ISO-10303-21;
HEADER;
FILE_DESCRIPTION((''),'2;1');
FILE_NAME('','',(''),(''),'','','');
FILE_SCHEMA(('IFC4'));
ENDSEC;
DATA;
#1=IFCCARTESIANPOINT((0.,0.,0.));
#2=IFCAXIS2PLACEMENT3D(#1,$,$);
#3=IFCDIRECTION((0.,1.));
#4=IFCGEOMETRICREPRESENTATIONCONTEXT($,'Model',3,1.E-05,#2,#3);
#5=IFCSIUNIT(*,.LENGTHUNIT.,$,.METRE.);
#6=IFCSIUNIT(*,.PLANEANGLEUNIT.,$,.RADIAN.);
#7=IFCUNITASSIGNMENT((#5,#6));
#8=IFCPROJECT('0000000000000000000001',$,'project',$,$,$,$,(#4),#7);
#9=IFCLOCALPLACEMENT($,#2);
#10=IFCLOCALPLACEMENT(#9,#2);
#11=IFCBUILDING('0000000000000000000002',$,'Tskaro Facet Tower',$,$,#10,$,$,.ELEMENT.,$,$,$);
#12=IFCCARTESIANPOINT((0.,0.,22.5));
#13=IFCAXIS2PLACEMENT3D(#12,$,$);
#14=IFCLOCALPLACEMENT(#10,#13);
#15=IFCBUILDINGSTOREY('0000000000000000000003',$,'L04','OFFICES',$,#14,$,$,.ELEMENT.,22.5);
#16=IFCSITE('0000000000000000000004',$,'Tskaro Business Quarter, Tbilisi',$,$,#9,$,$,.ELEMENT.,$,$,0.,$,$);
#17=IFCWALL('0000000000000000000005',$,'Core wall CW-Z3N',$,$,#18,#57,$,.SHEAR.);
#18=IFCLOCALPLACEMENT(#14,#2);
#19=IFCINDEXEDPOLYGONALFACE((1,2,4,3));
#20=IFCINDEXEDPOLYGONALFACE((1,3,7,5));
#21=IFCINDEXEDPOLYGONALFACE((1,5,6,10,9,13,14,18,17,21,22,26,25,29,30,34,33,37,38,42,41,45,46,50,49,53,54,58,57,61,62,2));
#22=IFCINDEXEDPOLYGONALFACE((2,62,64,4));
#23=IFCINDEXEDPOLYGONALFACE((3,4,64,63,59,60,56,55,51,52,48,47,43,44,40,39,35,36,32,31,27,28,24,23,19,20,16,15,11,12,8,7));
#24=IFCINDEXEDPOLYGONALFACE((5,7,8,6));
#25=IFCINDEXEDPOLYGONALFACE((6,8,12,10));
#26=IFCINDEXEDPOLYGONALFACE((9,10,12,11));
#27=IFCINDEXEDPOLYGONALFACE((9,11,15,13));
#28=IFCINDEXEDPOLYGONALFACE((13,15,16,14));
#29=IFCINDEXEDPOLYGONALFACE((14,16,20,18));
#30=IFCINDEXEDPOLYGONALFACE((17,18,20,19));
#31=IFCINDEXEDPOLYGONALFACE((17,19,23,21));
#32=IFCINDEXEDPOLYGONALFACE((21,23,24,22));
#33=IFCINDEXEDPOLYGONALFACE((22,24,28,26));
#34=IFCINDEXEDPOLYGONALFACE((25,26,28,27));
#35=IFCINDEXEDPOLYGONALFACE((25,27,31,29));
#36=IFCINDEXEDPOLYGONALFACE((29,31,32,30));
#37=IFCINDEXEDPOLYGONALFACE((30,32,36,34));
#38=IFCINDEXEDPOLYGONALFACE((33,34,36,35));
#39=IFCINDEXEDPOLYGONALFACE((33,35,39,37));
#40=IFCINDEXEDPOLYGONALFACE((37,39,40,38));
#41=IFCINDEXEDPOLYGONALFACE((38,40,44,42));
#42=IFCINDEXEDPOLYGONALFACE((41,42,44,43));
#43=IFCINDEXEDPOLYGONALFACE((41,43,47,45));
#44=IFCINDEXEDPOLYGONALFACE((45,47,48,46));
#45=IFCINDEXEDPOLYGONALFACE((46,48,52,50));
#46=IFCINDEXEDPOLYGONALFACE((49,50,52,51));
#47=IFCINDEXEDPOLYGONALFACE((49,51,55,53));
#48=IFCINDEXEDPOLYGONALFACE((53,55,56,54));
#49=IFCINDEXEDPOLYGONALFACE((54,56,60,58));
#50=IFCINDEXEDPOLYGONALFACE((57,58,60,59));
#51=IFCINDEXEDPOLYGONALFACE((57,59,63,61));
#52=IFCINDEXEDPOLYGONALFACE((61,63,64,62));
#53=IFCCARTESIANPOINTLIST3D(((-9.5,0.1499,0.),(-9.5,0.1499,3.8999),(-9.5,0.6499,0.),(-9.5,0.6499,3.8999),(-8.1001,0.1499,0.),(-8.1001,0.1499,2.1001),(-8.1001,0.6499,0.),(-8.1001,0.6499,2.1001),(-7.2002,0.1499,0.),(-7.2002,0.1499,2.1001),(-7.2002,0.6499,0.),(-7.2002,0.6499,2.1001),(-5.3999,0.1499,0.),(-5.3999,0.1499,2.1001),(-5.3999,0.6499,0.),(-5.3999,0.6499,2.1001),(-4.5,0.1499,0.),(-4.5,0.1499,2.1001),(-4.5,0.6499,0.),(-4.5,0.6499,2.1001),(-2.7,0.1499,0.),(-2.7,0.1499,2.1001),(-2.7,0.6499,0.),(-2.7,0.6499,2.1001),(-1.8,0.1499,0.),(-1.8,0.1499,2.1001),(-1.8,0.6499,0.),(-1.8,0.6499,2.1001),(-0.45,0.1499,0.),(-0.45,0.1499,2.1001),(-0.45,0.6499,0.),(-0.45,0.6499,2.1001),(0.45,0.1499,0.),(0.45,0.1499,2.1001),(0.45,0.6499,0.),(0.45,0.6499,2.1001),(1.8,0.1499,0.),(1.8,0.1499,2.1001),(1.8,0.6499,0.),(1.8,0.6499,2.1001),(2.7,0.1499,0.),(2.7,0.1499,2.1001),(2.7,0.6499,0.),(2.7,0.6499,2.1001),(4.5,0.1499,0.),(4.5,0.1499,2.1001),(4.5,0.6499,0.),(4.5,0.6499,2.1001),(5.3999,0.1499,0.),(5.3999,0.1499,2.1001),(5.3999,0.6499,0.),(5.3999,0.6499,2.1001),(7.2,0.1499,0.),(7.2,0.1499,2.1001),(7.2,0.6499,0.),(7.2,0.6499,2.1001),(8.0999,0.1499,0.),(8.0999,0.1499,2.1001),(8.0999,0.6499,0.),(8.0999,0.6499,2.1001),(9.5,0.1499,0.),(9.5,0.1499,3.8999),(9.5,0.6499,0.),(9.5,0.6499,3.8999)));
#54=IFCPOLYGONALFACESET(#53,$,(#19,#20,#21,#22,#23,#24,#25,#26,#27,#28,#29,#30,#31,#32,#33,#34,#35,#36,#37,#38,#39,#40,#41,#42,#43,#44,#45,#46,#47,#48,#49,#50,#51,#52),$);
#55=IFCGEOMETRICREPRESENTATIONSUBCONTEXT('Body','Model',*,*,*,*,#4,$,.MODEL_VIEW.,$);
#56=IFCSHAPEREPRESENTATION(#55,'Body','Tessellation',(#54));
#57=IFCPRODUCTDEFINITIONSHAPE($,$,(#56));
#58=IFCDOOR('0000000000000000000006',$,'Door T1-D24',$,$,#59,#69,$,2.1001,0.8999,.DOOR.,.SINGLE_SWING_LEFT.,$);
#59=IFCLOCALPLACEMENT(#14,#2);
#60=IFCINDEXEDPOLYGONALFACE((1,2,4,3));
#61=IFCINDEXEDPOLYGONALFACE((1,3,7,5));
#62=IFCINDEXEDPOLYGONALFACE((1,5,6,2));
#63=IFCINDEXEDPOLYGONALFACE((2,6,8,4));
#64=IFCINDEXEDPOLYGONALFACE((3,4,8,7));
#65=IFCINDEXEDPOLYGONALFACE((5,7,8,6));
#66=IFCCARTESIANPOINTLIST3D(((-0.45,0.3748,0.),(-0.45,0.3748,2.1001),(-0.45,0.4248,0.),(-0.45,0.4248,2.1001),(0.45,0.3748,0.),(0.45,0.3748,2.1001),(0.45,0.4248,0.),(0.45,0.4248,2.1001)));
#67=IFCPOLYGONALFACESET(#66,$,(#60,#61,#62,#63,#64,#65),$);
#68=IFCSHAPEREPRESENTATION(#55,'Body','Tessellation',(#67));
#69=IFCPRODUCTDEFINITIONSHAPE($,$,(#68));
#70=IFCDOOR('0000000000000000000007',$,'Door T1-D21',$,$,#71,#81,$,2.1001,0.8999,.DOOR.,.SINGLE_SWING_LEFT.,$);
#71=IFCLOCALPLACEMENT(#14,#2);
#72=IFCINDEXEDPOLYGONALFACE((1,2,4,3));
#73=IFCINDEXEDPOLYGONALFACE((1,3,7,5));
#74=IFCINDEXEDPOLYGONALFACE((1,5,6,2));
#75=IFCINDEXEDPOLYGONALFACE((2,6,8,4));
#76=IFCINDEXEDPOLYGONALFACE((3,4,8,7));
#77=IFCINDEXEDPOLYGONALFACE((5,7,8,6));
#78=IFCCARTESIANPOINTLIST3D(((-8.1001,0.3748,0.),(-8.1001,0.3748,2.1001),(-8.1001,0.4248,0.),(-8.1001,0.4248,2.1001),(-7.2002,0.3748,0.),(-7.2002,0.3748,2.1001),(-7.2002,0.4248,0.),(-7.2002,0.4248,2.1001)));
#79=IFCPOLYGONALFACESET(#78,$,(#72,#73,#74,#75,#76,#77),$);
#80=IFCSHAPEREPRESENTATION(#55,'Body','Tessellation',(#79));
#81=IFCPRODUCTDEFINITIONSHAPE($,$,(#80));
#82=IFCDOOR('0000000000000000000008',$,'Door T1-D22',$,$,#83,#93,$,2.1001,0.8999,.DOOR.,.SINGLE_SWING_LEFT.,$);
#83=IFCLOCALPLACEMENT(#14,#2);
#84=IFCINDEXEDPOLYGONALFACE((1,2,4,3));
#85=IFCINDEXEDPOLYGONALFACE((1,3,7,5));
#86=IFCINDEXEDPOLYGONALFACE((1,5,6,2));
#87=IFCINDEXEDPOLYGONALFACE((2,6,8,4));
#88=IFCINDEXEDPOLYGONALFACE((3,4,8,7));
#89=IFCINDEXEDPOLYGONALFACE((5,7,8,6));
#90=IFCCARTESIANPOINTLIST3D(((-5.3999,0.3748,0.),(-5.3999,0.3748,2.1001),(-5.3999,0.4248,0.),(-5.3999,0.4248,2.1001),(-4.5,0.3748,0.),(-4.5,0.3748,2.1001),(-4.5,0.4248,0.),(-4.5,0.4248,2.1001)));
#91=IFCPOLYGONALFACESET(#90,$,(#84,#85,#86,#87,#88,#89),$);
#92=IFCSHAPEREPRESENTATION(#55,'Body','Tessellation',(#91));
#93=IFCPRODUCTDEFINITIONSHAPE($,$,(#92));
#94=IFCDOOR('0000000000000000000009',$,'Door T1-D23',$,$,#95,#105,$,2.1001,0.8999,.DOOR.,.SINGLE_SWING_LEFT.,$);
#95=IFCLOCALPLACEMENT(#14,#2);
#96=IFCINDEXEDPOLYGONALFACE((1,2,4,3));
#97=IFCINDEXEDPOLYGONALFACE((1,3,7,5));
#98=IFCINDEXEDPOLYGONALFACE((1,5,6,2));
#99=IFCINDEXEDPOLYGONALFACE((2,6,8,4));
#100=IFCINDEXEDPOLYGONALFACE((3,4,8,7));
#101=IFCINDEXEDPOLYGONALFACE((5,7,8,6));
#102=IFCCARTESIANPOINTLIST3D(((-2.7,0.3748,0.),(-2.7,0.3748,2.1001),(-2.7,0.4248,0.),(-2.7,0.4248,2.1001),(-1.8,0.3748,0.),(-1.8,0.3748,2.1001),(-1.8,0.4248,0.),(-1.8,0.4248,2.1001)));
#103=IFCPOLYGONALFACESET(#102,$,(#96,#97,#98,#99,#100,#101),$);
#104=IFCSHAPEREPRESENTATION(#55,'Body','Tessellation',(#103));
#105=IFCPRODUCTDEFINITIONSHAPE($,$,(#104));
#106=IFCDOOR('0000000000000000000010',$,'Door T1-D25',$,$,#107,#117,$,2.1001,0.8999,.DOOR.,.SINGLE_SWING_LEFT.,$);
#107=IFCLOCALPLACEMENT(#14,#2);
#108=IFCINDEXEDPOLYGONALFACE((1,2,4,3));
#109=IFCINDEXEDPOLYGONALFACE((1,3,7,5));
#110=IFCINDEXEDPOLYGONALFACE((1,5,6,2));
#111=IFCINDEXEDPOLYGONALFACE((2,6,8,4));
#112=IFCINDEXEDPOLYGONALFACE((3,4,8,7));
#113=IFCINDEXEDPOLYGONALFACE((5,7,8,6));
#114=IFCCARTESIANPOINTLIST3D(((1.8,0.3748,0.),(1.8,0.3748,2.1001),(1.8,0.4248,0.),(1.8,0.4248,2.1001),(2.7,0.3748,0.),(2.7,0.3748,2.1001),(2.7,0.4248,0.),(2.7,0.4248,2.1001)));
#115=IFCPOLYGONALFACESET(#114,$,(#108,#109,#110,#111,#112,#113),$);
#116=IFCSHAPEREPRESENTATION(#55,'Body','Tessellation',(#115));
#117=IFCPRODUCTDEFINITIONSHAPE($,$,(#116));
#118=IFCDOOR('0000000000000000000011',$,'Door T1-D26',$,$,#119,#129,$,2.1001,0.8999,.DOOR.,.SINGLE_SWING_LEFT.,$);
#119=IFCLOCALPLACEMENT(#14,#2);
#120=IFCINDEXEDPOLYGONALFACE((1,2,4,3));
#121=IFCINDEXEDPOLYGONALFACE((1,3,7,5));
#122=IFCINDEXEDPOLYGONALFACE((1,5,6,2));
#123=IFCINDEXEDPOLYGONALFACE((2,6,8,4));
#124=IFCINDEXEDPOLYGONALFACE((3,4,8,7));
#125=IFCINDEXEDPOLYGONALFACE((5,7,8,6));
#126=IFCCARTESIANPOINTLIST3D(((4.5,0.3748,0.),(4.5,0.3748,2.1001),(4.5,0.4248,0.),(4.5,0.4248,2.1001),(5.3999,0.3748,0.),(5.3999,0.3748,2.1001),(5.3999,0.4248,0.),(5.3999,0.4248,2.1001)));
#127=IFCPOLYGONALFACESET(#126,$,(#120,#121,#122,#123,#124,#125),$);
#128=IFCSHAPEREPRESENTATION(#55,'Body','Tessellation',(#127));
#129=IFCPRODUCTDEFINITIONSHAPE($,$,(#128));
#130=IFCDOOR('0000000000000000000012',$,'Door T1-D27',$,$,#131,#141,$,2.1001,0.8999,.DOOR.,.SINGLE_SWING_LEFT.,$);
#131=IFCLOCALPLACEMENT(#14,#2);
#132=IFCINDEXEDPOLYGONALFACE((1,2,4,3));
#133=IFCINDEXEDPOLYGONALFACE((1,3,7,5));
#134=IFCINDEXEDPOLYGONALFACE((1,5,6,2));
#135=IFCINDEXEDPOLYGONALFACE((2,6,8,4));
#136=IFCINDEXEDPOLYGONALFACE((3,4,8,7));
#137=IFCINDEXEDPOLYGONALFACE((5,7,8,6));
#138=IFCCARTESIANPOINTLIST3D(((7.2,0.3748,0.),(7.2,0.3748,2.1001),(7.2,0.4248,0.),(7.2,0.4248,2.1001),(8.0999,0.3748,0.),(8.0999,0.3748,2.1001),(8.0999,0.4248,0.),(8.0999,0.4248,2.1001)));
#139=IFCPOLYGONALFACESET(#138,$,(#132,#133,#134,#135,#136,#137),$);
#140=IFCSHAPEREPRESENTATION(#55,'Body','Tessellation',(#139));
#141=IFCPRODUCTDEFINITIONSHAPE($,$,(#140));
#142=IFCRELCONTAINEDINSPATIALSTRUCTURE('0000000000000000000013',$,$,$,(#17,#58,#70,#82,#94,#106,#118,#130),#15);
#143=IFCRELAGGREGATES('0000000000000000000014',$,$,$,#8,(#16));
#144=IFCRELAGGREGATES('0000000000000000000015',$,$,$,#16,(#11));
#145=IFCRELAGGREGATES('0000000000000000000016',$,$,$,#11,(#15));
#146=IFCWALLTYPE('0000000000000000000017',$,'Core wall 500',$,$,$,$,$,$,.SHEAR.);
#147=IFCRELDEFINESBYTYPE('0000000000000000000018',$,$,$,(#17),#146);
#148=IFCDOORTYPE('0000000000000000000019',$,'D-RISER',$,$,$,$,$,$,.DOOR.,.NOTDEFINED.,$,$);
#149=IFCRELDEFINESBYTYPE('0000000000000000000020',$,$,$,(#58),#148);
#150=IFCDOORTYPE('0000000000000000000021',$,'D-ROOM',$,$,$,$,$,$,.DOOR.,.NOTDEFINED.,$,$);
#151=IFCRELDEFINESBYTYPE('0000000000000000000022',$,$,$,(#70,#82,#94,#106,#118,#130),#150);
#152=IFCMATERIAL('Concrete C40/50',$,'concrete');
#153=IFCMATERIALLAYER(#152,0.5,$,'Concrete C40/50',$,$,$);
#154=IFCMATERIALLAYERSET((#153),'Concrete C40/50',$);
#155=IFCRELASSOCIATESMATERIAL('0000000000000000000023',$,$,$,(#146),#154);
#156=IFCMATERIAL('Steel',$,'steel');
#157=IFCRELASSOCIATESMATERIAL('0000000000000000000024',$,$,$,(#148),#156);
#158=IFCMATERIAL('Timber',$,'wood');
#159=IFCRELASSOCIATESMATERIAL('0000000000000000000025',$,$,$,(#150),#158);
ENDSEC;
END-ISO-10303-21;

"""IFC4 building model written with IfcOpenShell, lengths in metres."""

from ifc_helpers import new_model, si_unit, direction, frame, frame_2d, origin, place, context, subcontext, project, spatial, rectangle, extrude, material, layer, layer_set, type_object, element, fill, save


model = new_model("IFC4")

# Units and contexts
model_context = context("Model", 3, precision=1e-05, world=origin(), true_north=direction((0.0, 1.0)))
body_context = subcontext(model_context, "Body", "Model", "MODEL_VIEW")
ifc_project = project(units=[si_unit("LENGTHUNIT", "METRE"), si_unit("PLANEANGLEUNIT", "RADIAN")], contexts=[model_context])

# Site, building, storey
site_placement = place(None, origin())
site = spatial("IfcSite", under=ifc_project, at=site_placement, Name="Tskaro Business Quarter, Tbilisi", CompositionType="ELEMENT", RefElevation=0.0)
building_placement = place(site_placement, origin())
building = spatial("IfcBuilding", under=site, at=building_placement, Name="Tskaro Facet Tower", CompositionType="ELEMENT")
storey_placement = place(building_placement, frame((0.0, 0.0, 22.5)))
storey = spatial("IfcBuildingStorey", under=building, at=storey_placement, Name="L04", Description="OFFICES", CompositionType="ELEMENT", Elevation=22.5)

# Wall, openings, doors
ifc_material_1 = material(Name="Concrete C40/50", Category="concrete")
ifc_layer_1 = layer(ifc_material_1, 0.5, Name="Concrete C40/50")
ifc_layer_set_1 = layer_set([ifc_layer_1], Name="Concrete C40/50")
wall_type_1 = type_object("IfcWallType", Name="Core wall 500", PredefinedType="SHEAR", material=ifc_layer_set_1)
wall_1_placement = place(storey_placement, frame((-9.5, 0.3999, 0.0), z_axis=(0.0, 0.0, 1.0), x_axis=(1.0, 0.0, 0.0)))
wall_1 = element("IfcWall", 1, at=wall_1_placement, inside=storey, type_object=wall_type_1, Name="Core wall CW-Z3N", PredefinedType="SHEAR", context=body_context, shape_type="SweptSolid", body=[
    extrude(rectangle(XDim=19.0, YDim=0.5, at=frame_2d((9.5, 0.0))), origin(), (0.0, 0.0, 1.0), 3.8999),
])
opening_1_placement = place(wall_1_placement, frame((1.3999, 0.0, 0.0)))
opening_1 = element("IfcOpeningElement", 2, at=opening_1_placement, cuts=wall_1, PredefinedType="OPENING", context=body_context, shape_type="SweptSolid", body=[
    extrude(rectangle(XDim=0.8999, YDim=2.1001, at=frame_2d((0.45, 1.05))), frame((0.0, 0.26, 0.0), z_axis=(0.0, -1.0, 0.0), x_axis=(1.0, 0.0, 0.0)), (0.0, 0.0, 1.0), 0.52),
])
opening_2_placement = place(wall_1_placement, frame((4.1001, 0.0, 0.0)))
opening_2 = element("IfcOpeningElement", 3, at=opening_2_placement, cuts=wall_1, PredefinedType="OPENING", context=body_context, shape_type="SweptSolid", body=[
    extrude(rectangle(XDim=0.8999, YDim=2.1001, at=frame_2d((0.45, 1.05))), frame((0.0, 0.26, 0.0), z_axis=(0.0, -1.0, 0.0), x_axis=(1.0, 0.0, 0.0)), (0.0, 0.0, 1.0), 0.52),
])
opening_3_placement = place(wall_1_placement, frame((6.8, 0.0, 0.0)))
opening_3 = element("IfcOpeningElement", 4, at=opening_3_placement, cuts=wall_1, PredefinedType="OPENING", context=body_context, shape_type="SweptSolid", body=[
    extrude(rectangle(XDim=0.8999, YDim=2.1001, at=frame_2d((0.45, 1.05))), frame((0.0, 0.26, 0.0), z_axis=(0.0, -1.0, 0.0), x_axis=(1.0, 0.0, 0.0)), (0.0, 0.0, 1.0), 0.52),
])
opening_4_placement = place(wall_1_placement, frame((11.3, 0.0, 0.0)))
opening_4 = element("IfcOpeningElement", 5, at=opening_4_placement, cuts=wall_1, PredefinedType="OPENING", context=body_context, shape_type="SweptSolid", body=[
    extrude(rectangle(XDim=0.8999, YDim=2.1001, at=frame_2d((0.45, 1.05))), frame((0.0, 0.26, 0.0), z_axis=(0.0, -1.0, 0.0), x_axis=(1.0, 0.0, 0.0)), (0.0, 0.0, 1.0), 0.52),
])
opening_5_placement = place(wall_1_placement, frame((14.0, 0.0, 0.0)))
opening_5 = element("IfcOpeningElement", 6, at=opening_5_placement, cuts=wall_1, PredefinedType="OPENING", context=body_context, shape_type="SweptSolid", body=[
    extrude(rectangle(XDim=0.8999, YDim=2.1001, at=frame_2d((0.45, 1.05))), frame((0.0, 0.26, 0.0), z_axis=(0.0, -1.0, 0.0), x_axis=(1.0, 0.0, 0.0)), (0.0, 0.0, 1.0), 0.52),
])
opening_6_placement = place(wall_1_placement, frame((16.7, 0.0, 0.0)))
opening_6 = element("IfcOpeningElement", 7, at=opening_6_placement, cuts=wall_1, PredefinedType="OPENING", context=body_context, shape_type="SweptSolid", body=[
    extrude(rectangle(XDim=0.8999, YDim=2.1001, at=frame_2d((0.45, 1.05))), frame((0.0, 0.26, 0.0), z_axis=(0.0, -1.0, 0.0), x_axis=(1.0, 0.0, 0.0)), (0.0, 0.0, 1.0), 0.52),
])
opening_7_placement = place(wall_1_placement, frame((9.05, 0.0, 0.0)))
opening_7 = element("IfcOpeningElement", 8, at=opening_7_placement, cuts=wall_1, PredefinedType="OPENING", context=body_context, shape_type="SweptSolid", body=[
    extrude(rectangle(XDim=0.8999, YDim=2.1001, at=frame_2d((0.45, 1.05))), frame((0.0, 0.26, 0.0), z_axis=(0.0, -1.0, 0.0), x_axis=(1.0, 0.0, 0.0)), (0.0, 0.0, 1.0), 0.52),
])
ifc_material_2 = material(Name="Steel", Category="steel")
door_type_1 = type_object("IfcDoorType", Name="D-RISER", OperationType="NOTDEFINED", PredefinedType="DOOR", material=ifc_material_2)
door_1_placement = place(opening_7_placement, origin())
door_1 = element("IfcDoor", 9, at=door_1_placement, inside=storey, type_object=door_type_1, Name="Door T1-D24", OperationType="SINGLE_SWING_LEFT", OverallHeight=2.1001, OverallWidth=0.8999, PredefinedType="DOOR", context=body_context, shape_type="SweptSolid", body=[
    extrude(rectangle(XDim=0.8999, YDim=2.1001, at=frame_2d((0.45, 1.05))), frame((0.0, 0.0249, 0.0), z_axis=(0.0, -1.0, 0.0), x_axis=(1.0, 0.0, 0.0)), (0.0, 0.0, 1.0), 0.05),
])
fill(opening_7, door_1)
ifc_material_3 = material(Name="Timber", Category="wood")
door_type_2 = type_object("IfcDoorType", Name="D-ROOM", OperationType="NOTDEFINED", PredefinedType="DOOR", material=ifc_material_3)
door_2_placement = place(opening_1_placement, origin())
door_2 = element("IfcDoor", 10, at=door_2_placement, inside=storey, type_object=door_type_2, Name="Door T1-D21", OperationType="SINGLE_SWING_LEFT", OverallHeight=2.1001, OverallWidth=0.8999, PredefinedType="DOOR", context=body_context, shape_type="SweptSolid", body=[
    extrude(rectangle(XDim=0.8999, YDim=2.1001, at=frame_2d((0.45, 1.05))), frame((0.0, 0.0249, 0.0), z_axis=(0.0, -1.0, 0.0), x_axis=(1.0, 0.0, 0.0)), (0.0, 0.0, 1.0), 0.05),
])
fill(opening_1, door_2)
door_3_placement = place(opening_2_placement, origin())
door_3 = element("IfcDoor", 11, at=door_3_placement, inside=storey, type_object=door_type_2, Name="Door T1-D22", OperationType="SINGLE_SWING_LEFT", OverallHeight=2.1001, OverallWidth=0.8999, PredefinedType="DOOR", context=body_context, shape_type="SweptSolid", body=[
    extrude(rectangle(XDim=0.8999, YDim=2.1001, at=frame_2d((0.45, 1.05))), frame((0.0, 0.0249, 0.0), z_axis=(0.0, -1.0, 0.0), x_axis=(1.0, 0.0, 0.0)), (0.0, 0.0, 1.0), 0.05),
])
fill(opening_2, door_3)
door_4_placement = place(opening_3_placement, origin())
door_4 = element("IfcDoor", 12, at=door_4_placement, inside=storey, type_object=door_type_2, Name="Door T1-D23", OperationType="SINGLE_SWING_LEFT", OverallHeight=2.1001, OverallWidth=0.8999, PredefinedType="DOOR", context=body_context, shape_type="SweptSolid", body=[
    extrude(rectangle(XDim=0.8999, YDim=2.1001, at=frame_2d((0.45, 1.05))), frame((0.0, 0.0249, 0.0), z_axis=(0.0, -1.0, 0.0), x_axis=(1.0, 0.0, 0.0)), (0.0, 0.0, 1.0), 0.05),
])
fill(opening_3, door_4)
door_5_placement = place(opening_4_placement, origin())
door_5 = element("IfcDoor", 13, at=door_5_placement, inside=storey, type_object=door_type_2, Name="Door T1-D25", OperationType="SINGLE_SWING_LEFT", OverallHeight=2.1001, OverallWidth=0.8999, PredefinedType="DOOR", context=body_context, shape_type="SweptSolid", body=[
    extrude(rectangle(XDim=0.8999, YDim=2.1001, at=frame_2d((0.45, 1.05))), frame((0.0, 0.0249, 0.0), z_axis=(0.0, -1.0, 0.0), x_axis=(1.0, 0.0, 0.0)), (0.0, 0.0, 1.0), 0.05),
])
fill(opening_4, door_5)
door_6_placement = place(opening_5_placement, origin())
door_6 = element("IfcDoor", 14, at=door_6_placement, inside=storey, type_object=door_type_2, Name="Door T1-D26", OperationType="SINGLE_SWING_LEFT", OverallHeight=2.1001, OverallWidth=0.8999, PredefinedType="DOOR", context=body_context, shape_type="SweptSolid", body=[
    extrude(rectangle(XDim=0.8999, YDim=2.1001, at=frame_2d((0.45, 1.05))), frame((0.0, 0.0249, 0.0), z_axis=(0.0, -1.0, 0.0), x_axis=(1.0, 0.0, 0.0)), (0.0, 0.0, 1.0), 0.05),
])
fill(opening_5, door_6)
door_7_placement = place(opening_6_placement, origin())
door_7 = element("IfcDoor", 15, at=door_7_placement, inside=storey, type_object=door_type_2, Name="Door T1-D27", OperationType="SINGLE_SWING_LEFT", OverallHeight=2.1001, OverallWidth=0.8999, PredefinedType="DOOR", context=body_context, shape_type="SweptSolid", body=[
    extrude(rectangle(XDim=0.8999, YDim=2.1001, at=frame_2d((0.45, 1.05))), frame((0.0, 0.0249, 0.0), z_axis=(0.0, -1.0, 0.0), x_axis=(1.0, 0.0, 0.0)), (0.0, 0.0, 1.0), 0.05),
])
fill(opening_6, door_7)

save(model, "model.ifc")
